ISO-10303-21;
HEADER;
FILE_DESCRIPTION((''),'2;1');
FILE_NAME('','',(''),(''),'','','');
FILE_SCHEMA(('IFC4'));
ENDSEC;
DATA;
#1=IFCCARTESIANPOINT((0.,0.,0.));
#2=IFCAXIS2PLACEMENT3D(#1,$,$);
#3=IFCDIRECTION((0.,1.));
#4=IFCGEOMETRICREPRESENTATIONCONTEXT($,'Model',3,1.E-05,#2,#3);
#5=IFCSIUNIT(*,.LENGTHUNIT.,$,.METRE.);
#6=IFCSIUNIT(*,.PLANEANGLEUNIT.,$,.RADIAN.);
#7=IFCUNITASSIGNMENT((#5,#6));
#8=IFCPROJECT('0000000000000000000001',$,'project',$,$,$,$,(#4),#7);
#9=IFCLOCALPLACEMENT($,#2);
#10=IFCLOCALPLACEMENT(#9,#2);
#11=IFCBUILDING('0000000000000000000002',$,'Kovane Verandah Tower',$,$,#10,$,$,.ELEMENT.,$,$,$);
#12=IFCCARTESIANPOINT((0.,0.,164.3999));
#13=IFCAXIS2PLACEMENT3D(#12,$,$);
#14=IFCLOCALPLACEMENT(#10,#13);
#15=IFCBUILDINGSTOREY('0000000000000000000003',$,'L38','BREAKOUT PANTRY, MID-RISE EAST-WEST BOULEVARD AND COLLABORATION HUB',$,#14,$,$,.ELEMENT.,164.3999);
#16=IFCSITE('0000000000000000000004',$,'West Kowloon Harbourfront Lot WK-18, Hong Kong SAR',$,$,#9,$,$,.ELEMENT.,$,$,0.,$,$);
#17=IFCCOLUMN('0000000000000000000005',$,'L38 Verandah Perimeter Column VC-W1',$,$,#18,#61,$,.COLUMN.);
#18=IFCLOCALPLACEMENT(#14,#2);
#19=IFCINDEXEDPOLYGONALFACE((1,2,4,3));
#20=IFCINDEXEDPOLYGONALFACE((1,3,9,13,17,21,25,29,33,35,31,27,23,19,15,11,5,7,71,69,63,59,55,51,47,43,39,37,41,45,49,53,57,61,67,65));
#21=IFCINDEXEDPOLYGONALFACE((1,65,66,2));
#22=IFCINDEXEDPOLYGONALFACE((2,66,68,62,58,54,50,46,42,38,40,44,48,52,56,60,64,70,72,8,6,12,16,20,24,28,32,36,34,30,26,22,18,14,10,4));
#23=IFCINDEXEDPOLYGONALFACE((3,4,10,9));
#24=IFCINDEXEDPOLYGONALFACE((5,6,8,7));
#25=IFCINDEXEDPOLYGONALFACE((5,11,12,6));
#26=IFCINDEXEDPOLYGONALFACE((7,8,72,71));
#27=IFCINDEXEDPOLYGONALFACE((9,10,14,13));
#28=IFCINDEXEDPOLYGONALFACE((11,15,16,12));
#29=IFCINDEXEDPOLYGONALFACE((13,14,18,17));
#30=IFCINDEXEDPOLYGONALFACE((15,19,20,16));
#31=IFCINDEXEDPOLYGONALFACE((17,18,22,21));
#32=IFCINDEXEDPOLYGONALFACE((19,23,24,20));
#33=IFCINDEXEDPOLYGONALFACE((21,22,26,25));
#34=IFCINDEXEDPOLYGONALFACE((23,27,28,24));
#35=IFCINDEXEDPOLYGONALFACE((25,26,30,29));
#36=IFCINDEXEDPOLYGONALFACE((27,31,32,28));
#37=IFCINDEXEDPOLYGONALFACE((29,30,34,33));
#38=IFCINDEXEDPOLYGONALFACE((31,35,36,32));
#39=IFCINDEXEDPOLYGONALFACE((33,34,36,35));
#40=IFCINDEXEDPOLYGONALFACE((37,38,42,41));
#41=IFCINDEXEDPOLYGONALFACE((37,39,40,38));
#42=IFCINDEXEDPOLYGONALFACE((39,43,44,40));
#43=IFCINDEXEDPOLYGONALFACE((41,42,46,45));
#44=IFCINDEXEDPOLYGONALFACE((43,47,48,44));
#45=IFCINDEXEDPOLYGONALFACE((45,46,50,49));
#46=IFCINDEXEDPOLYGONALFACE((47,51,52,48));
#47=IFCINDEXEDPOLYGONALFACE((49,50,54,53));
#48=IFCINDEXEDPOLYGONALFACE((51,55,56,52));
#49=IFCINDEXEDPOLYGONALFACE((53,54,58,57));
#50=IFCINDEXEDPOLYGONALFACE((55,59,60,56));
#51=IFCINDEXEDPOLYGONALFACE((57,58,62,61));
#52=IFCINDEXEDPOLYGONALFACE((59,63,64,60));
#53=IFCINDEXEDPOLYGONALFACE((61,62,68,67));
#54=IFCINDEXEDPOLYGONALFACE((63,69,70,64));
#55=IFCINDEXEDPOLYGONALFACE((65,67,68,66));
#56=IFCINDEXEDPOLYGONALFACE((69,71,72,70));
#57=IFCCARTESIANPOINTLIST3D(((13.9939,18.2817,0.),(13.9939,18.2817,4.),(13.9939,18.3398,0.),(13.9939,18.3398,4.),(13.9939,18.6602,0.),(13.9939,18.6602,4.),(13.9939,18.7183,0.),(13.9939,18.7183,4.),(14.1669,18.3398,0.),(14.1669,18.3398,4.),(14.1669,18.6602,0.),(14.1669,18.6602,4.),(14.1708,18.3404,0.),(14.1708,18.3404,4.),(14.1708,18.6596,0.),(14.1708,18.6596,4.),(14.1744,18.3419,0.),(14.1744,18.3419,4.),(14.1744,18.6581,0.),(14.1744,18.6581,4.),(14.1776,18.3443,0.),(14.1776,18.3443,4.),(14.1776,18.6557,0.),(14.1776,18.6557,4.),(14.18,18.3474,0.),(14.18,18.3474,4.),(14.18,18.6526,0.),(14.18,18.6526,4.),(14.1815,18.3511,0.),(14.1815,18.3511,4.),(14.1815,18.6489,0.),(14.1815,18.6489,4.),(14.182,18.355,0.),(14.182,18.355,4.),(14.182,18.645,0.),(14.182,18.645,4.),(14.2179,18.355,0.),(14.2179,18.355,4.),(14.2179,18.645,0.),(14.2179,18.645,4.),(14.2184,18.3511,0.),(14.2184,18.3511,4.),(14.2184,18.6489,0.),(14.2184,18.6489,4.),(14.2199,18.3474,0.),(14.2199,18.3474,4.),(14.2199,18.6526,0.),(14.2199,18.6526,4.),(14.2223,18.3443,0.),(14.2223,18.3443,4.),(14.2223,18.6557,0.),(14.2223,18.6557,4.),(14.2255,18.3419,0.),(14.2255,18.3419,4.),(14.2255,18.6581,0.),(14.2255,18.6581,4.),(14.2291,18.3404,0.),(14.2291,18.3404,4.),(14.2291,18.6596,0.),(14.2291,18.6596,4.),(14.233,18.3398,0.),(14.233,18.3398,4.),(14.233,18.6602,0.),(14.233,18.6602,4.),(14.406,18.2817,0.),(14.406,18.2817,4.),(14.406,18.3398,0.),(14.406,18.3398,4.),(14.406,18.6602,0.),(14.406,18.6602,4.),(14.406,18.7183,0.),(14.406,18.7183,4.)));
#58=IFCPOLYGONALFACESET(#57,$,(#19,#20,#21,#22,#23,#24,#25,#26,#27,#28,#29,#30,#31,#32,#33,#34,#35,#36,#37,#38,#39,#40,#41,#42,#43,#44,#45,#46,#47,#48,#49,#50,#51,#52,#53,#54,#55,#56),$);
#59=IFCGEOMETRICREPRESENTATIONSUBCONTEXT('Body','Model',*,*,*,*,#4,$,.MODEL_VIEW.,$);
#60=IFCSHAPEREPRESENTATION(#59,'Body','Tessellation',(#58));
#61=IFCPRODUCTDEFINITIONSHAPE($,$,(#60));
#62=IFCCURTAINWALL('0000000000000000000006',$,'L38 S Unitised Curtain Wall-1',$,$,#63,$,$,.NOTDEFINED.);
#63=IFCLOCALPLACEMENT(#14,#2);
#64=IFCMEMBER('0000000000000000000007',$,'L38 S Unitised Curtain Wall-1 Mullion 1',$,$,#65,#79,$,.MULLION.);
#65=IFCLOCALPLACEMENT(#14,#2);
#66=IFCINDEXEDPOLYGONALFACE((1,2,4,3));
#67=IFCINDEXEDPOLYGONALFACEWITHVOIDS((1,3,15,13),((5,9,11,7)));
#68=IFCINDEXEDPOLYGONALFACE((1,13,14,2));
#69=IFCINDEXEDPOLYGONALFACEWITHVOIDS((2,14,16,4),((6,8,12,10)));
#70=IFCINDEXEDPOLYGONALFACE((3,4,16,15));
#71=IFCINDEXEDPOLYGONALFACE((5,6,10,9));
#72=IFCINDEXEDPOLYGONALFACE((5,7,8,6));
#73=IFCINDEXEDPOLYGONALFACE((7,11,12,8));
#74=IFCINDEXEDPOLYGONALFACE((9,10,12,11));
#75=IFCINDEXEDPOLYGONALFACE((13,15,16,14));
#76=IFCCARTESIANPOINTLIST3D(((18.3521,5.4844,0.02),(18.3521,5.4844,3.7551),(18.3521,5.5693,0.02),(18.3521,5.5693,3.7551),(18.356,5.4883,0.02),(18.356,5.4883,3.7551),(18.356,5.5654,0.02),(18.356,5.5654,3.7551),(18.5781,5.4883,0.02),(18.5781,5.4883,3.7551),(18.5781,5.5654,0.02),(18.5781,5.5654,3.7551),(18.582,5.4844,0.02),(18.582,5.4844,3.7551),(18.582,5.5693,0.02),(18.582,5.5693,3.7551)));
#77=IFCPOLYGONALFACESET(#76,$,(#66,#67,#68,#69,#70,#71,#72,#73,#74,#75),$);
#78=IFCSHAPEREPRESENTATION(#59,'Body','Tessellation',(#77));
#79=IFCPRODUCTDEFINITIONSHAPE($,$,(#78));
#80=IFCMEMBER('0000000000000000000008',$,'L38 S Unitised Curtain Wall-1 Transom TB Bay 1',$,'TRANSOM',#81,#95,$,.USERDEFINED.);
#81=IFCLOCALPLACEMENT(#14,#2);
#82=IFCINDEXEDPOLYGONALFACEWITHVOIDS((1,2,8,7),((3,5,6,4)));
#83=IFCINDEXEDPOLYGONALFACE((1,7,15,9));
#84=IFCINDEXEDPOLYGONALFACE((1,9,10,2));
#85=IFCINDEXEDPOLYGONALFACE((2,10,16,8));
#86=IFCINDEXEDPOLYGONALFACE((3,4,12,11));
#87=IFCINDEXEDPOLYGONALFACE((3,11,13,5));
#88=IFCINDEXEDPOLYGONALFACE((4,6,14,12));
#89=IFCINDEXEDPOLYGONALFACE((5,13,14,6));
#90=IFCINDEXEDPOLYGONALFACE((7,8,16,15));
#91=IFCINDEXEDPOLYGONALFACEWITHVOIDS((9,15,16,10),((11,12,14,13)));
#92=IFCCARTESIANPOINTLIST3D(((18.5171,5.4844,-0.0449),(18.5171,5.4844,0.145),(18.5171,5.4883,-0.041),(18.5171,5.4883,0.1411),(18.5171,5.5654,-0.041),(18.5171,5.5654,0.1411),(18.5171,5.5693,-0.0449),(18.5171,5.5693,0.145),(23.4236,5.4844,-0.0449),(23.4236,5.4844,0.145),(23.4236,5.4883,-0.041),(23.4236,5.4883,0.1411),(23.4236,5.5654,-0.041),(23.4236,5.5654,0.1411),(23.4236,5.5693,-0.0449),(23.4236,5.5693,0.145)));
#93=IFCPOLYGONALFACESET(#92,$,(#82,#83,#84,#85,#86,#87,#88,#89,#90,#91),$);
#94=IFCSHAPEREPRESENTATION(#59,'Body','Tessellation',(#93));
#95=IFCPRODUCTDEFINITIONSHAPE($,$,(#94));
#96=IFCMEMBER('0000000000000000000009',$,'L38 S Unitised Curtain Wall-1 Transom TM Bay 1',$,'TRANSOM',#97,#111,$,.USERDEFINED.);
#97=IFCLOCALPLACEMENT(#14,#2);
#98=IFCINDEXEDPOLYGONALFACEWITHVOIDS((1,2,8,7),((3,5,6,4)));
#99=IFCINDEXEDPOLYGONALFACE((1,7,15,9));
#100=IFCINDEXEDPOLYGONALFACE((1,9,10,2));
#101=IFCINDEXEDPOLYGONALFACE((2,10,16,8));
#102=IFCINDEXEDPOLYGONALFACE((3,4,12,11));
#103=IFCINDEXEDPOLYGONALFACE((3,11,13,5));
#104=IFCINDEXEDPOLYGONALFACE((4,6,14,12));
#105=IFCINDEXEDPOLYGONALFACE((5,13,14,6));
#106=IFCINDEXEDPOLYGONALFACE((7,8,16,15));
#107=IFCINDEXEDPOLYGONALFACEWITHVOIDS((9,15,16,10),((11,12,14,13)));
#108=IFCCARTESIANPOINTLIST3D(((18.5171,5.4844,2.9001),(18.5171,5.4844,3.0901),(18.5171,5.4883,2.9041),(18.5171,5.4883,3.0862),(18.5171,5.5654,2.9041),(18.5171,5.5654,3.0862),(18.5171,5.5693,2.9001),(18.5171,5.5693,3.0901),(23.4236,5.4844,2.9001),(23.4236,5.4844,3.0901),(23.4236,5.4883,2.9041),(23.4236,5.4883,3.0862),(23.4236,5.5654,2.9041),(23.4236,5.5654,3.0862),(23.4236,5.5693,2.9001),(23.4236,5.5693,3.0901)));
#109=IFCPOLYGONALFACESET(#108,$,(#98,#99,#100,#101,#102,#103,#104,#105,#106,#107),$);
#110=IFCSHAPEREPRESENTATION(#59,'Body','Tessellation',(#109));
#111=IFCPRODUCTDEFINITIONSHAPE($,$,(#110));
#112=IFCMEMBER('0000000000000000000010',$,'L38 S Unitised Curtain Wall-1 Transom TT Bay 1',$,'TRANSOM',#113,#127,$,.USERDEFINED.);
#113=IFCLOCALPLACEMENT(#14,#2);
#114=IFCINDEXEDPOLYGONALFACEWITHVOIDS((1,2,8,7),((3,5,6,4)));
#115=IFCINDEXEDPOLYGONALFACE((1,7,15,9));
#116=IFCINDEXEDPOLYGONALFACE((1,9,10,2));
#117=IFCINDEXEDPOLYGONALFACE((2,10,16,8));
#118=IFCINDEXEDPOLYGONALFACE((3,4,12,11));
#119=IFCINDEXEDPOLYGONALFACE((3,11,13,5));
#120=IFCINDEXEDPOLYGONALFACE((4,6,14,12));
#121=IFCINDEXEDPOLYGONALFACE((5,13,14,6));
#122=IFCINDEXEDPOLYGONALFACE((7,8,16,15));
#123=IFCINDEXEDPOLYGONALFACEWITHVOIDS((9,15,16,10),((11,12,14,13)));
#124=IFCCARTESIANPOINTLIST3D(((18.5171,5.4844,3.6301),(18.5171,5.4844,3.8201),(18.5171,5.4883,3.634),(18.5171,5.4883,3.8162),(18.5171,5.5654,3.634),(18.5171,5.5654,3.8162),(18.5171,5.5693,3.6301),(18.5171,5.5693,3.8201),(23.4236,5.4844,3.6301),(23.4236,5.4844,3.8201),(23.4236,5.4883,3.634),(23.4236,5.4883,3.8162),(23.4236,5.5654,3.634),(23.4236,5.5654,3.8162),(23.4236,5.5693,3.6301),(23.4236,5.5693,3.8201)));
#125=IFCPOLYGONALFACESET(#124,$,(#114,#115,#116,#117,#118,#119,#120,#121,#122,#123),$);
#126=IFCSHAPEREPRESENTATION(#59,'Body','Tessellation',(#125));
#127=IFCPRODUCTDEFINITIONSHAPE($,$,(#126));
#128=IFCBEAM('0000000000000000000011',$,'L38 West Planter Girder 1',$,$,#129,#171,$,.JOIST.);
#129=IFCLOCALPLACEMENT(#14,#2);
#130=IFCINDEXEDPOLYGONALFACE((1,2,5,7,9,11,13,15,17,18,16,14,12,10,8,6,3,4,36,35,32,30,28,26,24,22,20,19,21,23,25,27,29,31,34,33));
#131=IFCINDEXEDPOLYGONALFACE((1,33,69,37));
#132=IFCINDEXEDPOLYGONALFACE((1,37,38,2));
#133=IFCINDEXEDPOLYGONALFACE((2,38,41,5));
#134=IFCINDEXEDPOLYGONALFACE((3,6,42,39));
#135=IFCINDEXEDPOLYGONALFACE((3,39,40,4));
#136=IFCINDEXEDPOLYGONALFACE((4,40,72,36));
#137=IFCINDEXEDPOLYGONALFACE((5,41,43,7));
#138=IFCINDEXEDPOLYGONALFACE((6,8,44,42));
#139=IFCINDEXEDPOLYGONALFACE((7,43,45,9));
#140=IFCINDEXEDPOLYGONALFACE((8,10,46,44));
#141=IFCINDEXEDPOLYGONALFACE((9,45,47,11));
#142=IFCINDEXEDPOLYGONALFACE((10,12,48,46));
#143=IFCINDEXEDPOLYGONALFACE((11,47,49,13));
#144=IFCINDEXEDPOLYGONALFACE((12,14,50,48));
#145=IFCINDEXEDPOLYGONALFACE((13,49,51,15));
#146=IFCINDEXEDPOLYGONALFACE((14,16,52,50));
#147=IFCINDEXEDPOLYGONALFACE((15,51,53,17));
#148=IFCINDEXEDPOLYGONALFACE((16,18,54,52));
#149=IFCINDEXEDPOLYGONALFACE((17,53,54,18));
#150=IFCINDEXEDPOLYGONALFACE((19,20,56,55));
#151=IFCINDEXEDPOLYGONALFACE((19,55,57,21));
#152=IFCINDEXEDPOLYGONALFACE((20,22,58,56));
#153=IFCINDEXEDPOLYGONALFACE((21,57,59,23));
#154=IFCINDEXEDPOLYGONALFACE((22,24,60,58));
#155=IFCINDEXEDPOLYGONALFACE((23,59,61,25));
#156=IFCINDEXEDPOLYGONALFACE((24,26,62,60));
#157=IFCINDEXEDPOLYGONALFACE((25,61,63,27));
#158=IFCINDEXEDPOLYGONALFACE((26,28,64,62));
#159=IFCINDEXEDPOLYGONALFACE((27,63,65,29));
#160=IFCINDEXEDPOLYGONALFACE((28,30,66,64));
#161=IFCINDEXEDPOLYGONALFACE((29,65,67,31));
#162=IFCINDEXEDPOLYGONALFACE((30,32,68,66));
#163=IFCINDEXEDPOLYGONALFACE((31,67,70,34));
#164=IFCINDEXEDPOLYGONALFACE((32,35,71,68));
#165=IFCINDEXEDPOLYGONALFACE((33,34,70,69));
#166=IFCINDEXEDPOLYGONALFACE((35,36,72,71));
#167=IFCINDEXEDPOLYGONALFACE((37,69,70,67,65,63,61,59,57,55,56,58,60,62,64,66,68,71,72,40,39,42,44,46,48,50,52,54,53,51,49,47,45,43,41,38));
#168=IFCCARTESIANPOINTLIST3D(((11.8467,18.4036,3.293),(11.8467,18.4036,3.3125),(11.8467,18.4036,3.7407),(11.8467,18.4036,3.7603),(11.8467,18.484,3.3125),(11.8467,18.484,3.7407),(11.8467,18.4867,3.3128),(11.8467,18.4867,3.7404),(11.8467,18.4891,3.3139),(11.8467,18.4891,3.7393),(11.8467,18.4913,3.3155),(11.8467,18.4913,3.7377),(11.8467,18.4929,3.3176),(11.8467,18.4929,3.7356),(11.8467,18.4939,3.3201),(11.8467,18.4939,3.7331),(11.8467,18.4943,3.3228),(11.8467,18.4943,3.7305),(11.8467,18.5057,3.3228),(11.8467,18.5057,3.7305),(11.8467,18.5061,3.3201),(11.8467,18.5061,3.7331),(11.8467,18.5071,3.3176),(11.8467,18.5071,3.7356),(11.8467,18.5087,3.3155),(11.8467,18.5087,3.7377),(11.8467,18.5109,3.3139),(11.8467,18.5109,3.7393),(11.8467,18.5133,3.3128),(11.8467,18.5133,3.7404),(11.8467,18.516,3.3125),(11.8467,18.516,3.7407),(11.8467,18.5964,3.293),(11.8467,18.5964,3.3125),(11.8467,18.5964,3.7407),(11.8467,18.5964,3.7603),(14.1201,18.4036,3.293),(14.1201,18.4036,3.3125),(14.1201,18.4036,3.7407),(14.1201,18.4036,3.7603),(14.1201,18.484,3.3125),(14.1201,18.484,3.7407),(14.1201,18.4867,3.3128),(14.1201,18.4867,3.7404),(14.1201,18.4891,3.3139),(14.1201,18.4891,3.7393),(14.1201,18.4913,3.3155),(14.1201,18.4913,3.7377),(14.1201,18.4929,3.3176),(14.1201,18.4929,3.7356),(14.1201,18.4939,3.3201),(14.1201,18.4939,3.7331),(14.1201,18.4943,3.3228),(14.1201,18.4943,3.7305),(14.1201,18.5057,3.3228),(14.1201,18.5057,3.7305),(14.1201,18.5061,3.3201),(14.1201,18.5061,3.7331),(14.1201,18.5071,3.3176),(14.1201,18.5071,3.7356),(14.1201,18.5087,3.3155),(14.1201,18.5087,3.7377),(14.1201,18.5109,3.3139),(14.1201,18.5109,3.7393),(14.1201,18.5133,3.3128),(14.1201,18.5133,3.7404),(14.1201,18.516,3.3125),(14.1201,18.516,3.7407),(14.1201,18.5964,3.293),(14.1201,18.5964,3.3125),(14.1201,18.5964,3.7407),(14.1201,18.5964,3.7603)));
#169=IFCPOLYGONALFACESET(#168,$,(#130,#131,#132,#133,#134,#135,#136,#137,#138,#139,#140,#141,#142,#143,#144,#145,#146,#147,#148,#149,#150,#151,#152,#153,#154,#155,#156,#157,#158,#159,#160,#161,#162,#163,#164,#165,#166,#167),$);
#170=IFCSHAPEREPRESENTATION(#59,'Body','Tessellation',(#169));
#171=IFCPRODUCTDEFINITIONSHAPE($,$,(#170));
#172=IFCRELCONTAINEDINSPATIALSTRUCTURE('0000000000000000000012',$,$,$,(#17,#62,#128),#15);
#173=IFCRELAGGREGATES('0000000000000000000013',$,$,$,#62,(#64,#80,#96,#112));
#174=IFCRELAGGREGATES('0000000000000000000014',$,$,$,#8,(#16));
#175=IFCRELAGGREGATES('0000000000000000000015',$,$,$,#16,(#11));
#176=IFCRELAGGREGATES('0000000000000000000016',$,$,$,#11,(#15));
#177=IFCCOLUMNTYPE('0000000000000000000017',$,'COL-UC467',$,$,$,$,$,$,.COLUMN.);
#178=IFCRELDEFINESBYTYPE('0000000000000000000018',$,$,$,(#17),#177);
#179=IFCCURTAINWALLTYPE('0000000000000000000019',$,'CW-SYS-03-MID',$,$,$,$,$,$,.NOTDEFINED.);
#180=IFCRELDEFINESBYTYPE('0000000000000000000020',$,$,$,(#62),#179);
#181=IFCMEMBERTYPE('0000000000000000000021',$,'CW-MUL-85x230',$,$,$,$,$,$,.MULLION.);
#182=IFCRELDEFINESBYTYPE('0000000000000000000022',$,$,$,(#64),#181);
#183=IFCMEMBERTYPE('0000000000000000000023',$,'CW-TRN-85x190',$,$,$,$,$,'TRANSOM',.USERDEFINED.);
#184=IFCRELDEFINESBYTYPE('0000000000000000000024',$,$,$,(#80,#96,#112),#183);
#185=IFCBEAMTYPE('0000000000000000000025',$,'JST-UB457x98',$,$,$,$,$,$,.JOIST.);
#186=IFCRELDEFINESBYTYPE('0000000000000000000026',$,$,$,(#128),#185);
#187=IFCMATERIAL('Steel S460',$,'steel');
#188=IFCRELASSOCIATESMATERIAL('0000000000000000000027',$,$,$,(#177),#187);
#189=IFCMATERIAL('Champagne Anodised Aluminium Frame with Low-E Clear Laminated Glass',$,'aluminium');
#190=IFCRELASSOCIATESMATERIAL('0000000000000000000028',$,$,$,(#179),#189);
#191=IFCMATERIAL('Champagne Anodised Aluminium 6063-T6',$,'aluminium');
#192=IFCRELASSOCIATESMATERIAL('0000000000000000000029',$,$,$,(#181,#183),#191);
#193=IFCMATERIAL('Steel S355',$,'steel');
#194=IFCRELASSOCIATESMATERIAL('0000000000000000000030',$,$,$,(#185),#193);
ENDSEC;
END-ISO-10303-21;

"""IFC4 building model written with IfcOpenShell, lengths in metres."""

from ifc_helpers import new_model, si_unit, direction, frame, origin, origin_2d, place, context, subcontext, project, spatial, hollow_rectangle, i_section, extrude, material, material_profile, profile_set, type_object, element, aggregate, save


model = new_model("IFC4")

# Units and contexts
model_context = context("Model", 3, precision=1e-05, world=origin(), true_north=direction((0.0, 1.0)))
body_context = subcontext(model_context, "Body", "Model", "MODEL_VIEW")
ifc_project = project(units=[si_unit("LENGTHUNIT", "METRE"), si_unit("PLANEANGLEUNIT", "RADIAN")], contexts=[model_context])

# Site, building, storey
site_placement = place(None, origin())
site = spatial("IfcSite", under=ifc_project, at=site_placement, Name="West Kowloon Harbourfront Lot WK-18, Hong Kong SAR", CompositionType="ELEMENT", RefElevation=0.0)
building_placement = place(site_placement, origin())
building = spatial("IfcBuilding", under=site, at=building_placement, Name="Kovane Verandah Tower", CompositionType="ELEMENT")
storey_placement = place(building_placement, frame((0.0, 0.0, 164.3999)))
storey = spatial("IfcBuildingStorey", under=building, at=storey_placement, Name="L38", Description="BREAKOUT PANTRY, MID-RISE EAST-WEST BOULEVARD AND COLLABORATION HUB", CompositionType="ELEMENT", Elevation=164.3999)

# Column
ifc_material_1 = material(Name="Steel S460", Category="steel")
ifc_material_profile_1 = material_profile(ifc_material_1, i_section(OverallWidth=0.4121, OverallDepth=0.4365, WebThickness=0.0359, FlangeThickness=0.0581, FilletRadius=0.0151, at=origin_2d()), Name="UC356x406x467")
ifc_profile_set_1 = profile_set([ifc_material_profile_1], Name="Steel S460")
column_type = type_object("IfcColumnType", Name="COL-UC467", PredefinedType="COLUMN", material=ifc_profile_set_1)
column_placement = place(storey_placement, frame((14.2, 18.5, 0.0), z_axis=(0.0, 0.0, 1.0), x_axis=(1.0, 0.0, 0.0)))
element("IfcColumn", 1, at=column_placement, inside=storey, type_object=column_type, Name="L38 Verandah Perimeter Column VC-W1", PredefinedType="COLUMN", context=body_context, shape_type="SweptSolid", body=[
    extrude(i_section(OverallWidth=0.4121, OverallDepth=0.4365, WebThickness=0.0359, FlangeThickness=0.0581, FilletRadius=0.0151, at=origin_2d()), origin(), (0.0, 0.0, 1.0), 4.0),
])

# Curtain wall, members
ifc_material_2 = material(Name="Champagne Anodised Aluminium Frame with Low-E Clear Laminated Glass", Category="aluminium")
curtain_wall_type = type_object("IfcCurtainWallType", Name="CW-SYS-03-MID", PredefinedType="NOTDEFINED", material=ifc_material_2)
curtain_wall_placement = place(storey_placement, origin())
curtain_wall = element("IfcCurtainWall", 2, at=curtain_wall_placement, inside=storey, type_object=curtain_wall_type, Name="L38 S Unitised Curtain Wall-1", PredefinedType="NOTDEFINED")
ifc_material_3 = material(Name="Champagne Anodised Aluminium 6063-T6", Category="aluminium")
ifc_material_profile_2 = material_profile(ifc_material_3, hollow_rectangle(XDim=0.085, YDim=0.23, WallThickness=0.0039, at=origin_2d()), Name="AL85x230x4")
ifc_profile_set_2 = profile_set([ifc_material_profile_2], Name="Champagne Anodised Aluminium 6063-T6")
member_type_1 = type_object("IfcMemberType", Name="CW-MUL-85x230", PredefinedType="MULLION", material=ifc_profile_set_2)
member_1_placement = place(storey_placement, frame((18.467, 5.5269, 0.02), z_axis=(0.0, 0.0, 1.0), x_axis=(0.0, -1.0, 0.0)))
member_1 = element("IfcMember", 3, at=member_1_placement, type_object=member_type_1, Name="L38 S Unitised Curtain Wall-1 Mullion 1", PredefinedType="MULLION", context=body_context, shape_type="SweptSolid", body=[
    extrude(hollow_rectangle(XDim=0.085, YDim=0.23, WallThickness=0.0039, at=origin_2d()), origin(), (0.0, 0.0, 1.0), 3.7351),
])
ifc_material_profile_3 = material_profile(ifc_material_3, hollow_rectangle(XDim=0.085, YDim=0.1899, WallThickness=0.0039, at=origin_2d()), Name="AL85x190x4")
ifc_profile_set_3 = profile_set([ifc_material_profile_3], Name="Champagne Anodised Aluminium 6063-T6")
member_type_2 = type_object("IfcMemberType", Name="CW-TRN-85x190", ElementType="TRANSOM", PredefinedType="USERDEFINED", material=ifc_profile_set_3)
member_2_placement = place(storey_placement, frame((18.5171, 5.5269, 0.05), z_axis=(1.0, 0.0, 0.0), x_axis=(0.0, 1.0, 0.0)))
member_2 = element("IfcMember", 4, at=member_2_placement, type_object=member_type_2, Name="L38 S Unitised Curtain Wall-1 Transom TB Bay 1", ObjectType="TRANSOM", PredefinedType="USERDEFINED", context=body_context, shape_type="SweptSolid", body=[
    extrude(hollow_rectangle(XDim=0.085, YDim=0.1899, WallThickness=0.0039, at=origin_2d()), origin(), (0.0, 0.0, 1.0), 4.9065),
])
member_3_placement = place(storey_placement, frame((18.5171, 5.5269, 2.9951), z_axis=(1.0, 0.0, 0.0), x_axis=(0.0, 1.0, 0.0)))
member_3 = element("IfcMember", 5, at=member_3_placement, type_object=member_type_2, Name="L38 S Unitised Curtain Wall-1 Transom TM Bay 1", ObjectType="TRANSOM", PredefinedType="USERDEFINED", context=body_context, shape_type="SweptSolid", body=[
    extrude(hollow_rectangle(XDim=0.085, YDim=0.1899, WallThickness=0.0039, at=origin_2d()), origin(), (0.0, 0.0, 1.0), 4.9065),
])
member_4_placement = place(storey_placement, frame((18.5171, 5.5269, 3.7251), z_axis=(1.0, 0.0, 0.0), x_axis=(0.0, 1.0, 0.0)))
member_4 = element("IfcMember", 6, at=member_4_placement, type_object=member_type_2, Name="L38 S Unitised Curtain Wall-1 Transom TT Bay 1", ObjectType="TRANSOM", PredefinedType="USERDEFINED", context=body_context, shape_type="SweptSolid", body=[
    extrude(hollow_rectangle(XDim=0.085, YDim=0.1899, WallThickness=0.0039, at=origin_2d()), origin(), (0.0, 0.0, 1.0), 4.9065),
])
aggregate(curtain_wall, [member_1, member_2, member_3, member_4])

# Beam
ifc_material_4 = material(Name="Steel S355", Category="steel")
ifc_material_profile_4 = material_profile(ifc_material_4, i_section(OverallWidth=0.1929, OverallDepth=0.4673, WebThickness=0.0115, FlangeThickness=0.0195, FilletRadius=0.0103, at=origin_2d()), Name="UB457x191x98")
ifc_profile_set_4 = profile_set([ifc_material_profile_4], Name="Steel S355")
beam_type = type_object("IfcBeamType", Name="JST-UB457x98", PredefinedType="JOIST", material=ifc_profile_set_4)
beam_placement = place(storey_placement, frame((14.1201, 18.5, 3.5266), z_axis=(-1.0, 0.0, 0.0), x_axis=(0.0, -1.0, 0.0)))
element("IfcBeam", 7, at=beam_placement, inside=storey, type_object=beam_type, Name="L38 West Planter Girder 1", PredefinedType="JOIST", context=body_context, shape_type="SweptSolid", body=[
    extrude(i_section(OverallWidth=0.1929, OverallDepth=0.4673, WebThickness=0.0115, FlangeThickness=0.0195, FilletRadius=0.0103, at=origin_2d()), origin(), (0.0, 0.0, 1.0), 2.2734),
])

save(model, "model.ifc")
